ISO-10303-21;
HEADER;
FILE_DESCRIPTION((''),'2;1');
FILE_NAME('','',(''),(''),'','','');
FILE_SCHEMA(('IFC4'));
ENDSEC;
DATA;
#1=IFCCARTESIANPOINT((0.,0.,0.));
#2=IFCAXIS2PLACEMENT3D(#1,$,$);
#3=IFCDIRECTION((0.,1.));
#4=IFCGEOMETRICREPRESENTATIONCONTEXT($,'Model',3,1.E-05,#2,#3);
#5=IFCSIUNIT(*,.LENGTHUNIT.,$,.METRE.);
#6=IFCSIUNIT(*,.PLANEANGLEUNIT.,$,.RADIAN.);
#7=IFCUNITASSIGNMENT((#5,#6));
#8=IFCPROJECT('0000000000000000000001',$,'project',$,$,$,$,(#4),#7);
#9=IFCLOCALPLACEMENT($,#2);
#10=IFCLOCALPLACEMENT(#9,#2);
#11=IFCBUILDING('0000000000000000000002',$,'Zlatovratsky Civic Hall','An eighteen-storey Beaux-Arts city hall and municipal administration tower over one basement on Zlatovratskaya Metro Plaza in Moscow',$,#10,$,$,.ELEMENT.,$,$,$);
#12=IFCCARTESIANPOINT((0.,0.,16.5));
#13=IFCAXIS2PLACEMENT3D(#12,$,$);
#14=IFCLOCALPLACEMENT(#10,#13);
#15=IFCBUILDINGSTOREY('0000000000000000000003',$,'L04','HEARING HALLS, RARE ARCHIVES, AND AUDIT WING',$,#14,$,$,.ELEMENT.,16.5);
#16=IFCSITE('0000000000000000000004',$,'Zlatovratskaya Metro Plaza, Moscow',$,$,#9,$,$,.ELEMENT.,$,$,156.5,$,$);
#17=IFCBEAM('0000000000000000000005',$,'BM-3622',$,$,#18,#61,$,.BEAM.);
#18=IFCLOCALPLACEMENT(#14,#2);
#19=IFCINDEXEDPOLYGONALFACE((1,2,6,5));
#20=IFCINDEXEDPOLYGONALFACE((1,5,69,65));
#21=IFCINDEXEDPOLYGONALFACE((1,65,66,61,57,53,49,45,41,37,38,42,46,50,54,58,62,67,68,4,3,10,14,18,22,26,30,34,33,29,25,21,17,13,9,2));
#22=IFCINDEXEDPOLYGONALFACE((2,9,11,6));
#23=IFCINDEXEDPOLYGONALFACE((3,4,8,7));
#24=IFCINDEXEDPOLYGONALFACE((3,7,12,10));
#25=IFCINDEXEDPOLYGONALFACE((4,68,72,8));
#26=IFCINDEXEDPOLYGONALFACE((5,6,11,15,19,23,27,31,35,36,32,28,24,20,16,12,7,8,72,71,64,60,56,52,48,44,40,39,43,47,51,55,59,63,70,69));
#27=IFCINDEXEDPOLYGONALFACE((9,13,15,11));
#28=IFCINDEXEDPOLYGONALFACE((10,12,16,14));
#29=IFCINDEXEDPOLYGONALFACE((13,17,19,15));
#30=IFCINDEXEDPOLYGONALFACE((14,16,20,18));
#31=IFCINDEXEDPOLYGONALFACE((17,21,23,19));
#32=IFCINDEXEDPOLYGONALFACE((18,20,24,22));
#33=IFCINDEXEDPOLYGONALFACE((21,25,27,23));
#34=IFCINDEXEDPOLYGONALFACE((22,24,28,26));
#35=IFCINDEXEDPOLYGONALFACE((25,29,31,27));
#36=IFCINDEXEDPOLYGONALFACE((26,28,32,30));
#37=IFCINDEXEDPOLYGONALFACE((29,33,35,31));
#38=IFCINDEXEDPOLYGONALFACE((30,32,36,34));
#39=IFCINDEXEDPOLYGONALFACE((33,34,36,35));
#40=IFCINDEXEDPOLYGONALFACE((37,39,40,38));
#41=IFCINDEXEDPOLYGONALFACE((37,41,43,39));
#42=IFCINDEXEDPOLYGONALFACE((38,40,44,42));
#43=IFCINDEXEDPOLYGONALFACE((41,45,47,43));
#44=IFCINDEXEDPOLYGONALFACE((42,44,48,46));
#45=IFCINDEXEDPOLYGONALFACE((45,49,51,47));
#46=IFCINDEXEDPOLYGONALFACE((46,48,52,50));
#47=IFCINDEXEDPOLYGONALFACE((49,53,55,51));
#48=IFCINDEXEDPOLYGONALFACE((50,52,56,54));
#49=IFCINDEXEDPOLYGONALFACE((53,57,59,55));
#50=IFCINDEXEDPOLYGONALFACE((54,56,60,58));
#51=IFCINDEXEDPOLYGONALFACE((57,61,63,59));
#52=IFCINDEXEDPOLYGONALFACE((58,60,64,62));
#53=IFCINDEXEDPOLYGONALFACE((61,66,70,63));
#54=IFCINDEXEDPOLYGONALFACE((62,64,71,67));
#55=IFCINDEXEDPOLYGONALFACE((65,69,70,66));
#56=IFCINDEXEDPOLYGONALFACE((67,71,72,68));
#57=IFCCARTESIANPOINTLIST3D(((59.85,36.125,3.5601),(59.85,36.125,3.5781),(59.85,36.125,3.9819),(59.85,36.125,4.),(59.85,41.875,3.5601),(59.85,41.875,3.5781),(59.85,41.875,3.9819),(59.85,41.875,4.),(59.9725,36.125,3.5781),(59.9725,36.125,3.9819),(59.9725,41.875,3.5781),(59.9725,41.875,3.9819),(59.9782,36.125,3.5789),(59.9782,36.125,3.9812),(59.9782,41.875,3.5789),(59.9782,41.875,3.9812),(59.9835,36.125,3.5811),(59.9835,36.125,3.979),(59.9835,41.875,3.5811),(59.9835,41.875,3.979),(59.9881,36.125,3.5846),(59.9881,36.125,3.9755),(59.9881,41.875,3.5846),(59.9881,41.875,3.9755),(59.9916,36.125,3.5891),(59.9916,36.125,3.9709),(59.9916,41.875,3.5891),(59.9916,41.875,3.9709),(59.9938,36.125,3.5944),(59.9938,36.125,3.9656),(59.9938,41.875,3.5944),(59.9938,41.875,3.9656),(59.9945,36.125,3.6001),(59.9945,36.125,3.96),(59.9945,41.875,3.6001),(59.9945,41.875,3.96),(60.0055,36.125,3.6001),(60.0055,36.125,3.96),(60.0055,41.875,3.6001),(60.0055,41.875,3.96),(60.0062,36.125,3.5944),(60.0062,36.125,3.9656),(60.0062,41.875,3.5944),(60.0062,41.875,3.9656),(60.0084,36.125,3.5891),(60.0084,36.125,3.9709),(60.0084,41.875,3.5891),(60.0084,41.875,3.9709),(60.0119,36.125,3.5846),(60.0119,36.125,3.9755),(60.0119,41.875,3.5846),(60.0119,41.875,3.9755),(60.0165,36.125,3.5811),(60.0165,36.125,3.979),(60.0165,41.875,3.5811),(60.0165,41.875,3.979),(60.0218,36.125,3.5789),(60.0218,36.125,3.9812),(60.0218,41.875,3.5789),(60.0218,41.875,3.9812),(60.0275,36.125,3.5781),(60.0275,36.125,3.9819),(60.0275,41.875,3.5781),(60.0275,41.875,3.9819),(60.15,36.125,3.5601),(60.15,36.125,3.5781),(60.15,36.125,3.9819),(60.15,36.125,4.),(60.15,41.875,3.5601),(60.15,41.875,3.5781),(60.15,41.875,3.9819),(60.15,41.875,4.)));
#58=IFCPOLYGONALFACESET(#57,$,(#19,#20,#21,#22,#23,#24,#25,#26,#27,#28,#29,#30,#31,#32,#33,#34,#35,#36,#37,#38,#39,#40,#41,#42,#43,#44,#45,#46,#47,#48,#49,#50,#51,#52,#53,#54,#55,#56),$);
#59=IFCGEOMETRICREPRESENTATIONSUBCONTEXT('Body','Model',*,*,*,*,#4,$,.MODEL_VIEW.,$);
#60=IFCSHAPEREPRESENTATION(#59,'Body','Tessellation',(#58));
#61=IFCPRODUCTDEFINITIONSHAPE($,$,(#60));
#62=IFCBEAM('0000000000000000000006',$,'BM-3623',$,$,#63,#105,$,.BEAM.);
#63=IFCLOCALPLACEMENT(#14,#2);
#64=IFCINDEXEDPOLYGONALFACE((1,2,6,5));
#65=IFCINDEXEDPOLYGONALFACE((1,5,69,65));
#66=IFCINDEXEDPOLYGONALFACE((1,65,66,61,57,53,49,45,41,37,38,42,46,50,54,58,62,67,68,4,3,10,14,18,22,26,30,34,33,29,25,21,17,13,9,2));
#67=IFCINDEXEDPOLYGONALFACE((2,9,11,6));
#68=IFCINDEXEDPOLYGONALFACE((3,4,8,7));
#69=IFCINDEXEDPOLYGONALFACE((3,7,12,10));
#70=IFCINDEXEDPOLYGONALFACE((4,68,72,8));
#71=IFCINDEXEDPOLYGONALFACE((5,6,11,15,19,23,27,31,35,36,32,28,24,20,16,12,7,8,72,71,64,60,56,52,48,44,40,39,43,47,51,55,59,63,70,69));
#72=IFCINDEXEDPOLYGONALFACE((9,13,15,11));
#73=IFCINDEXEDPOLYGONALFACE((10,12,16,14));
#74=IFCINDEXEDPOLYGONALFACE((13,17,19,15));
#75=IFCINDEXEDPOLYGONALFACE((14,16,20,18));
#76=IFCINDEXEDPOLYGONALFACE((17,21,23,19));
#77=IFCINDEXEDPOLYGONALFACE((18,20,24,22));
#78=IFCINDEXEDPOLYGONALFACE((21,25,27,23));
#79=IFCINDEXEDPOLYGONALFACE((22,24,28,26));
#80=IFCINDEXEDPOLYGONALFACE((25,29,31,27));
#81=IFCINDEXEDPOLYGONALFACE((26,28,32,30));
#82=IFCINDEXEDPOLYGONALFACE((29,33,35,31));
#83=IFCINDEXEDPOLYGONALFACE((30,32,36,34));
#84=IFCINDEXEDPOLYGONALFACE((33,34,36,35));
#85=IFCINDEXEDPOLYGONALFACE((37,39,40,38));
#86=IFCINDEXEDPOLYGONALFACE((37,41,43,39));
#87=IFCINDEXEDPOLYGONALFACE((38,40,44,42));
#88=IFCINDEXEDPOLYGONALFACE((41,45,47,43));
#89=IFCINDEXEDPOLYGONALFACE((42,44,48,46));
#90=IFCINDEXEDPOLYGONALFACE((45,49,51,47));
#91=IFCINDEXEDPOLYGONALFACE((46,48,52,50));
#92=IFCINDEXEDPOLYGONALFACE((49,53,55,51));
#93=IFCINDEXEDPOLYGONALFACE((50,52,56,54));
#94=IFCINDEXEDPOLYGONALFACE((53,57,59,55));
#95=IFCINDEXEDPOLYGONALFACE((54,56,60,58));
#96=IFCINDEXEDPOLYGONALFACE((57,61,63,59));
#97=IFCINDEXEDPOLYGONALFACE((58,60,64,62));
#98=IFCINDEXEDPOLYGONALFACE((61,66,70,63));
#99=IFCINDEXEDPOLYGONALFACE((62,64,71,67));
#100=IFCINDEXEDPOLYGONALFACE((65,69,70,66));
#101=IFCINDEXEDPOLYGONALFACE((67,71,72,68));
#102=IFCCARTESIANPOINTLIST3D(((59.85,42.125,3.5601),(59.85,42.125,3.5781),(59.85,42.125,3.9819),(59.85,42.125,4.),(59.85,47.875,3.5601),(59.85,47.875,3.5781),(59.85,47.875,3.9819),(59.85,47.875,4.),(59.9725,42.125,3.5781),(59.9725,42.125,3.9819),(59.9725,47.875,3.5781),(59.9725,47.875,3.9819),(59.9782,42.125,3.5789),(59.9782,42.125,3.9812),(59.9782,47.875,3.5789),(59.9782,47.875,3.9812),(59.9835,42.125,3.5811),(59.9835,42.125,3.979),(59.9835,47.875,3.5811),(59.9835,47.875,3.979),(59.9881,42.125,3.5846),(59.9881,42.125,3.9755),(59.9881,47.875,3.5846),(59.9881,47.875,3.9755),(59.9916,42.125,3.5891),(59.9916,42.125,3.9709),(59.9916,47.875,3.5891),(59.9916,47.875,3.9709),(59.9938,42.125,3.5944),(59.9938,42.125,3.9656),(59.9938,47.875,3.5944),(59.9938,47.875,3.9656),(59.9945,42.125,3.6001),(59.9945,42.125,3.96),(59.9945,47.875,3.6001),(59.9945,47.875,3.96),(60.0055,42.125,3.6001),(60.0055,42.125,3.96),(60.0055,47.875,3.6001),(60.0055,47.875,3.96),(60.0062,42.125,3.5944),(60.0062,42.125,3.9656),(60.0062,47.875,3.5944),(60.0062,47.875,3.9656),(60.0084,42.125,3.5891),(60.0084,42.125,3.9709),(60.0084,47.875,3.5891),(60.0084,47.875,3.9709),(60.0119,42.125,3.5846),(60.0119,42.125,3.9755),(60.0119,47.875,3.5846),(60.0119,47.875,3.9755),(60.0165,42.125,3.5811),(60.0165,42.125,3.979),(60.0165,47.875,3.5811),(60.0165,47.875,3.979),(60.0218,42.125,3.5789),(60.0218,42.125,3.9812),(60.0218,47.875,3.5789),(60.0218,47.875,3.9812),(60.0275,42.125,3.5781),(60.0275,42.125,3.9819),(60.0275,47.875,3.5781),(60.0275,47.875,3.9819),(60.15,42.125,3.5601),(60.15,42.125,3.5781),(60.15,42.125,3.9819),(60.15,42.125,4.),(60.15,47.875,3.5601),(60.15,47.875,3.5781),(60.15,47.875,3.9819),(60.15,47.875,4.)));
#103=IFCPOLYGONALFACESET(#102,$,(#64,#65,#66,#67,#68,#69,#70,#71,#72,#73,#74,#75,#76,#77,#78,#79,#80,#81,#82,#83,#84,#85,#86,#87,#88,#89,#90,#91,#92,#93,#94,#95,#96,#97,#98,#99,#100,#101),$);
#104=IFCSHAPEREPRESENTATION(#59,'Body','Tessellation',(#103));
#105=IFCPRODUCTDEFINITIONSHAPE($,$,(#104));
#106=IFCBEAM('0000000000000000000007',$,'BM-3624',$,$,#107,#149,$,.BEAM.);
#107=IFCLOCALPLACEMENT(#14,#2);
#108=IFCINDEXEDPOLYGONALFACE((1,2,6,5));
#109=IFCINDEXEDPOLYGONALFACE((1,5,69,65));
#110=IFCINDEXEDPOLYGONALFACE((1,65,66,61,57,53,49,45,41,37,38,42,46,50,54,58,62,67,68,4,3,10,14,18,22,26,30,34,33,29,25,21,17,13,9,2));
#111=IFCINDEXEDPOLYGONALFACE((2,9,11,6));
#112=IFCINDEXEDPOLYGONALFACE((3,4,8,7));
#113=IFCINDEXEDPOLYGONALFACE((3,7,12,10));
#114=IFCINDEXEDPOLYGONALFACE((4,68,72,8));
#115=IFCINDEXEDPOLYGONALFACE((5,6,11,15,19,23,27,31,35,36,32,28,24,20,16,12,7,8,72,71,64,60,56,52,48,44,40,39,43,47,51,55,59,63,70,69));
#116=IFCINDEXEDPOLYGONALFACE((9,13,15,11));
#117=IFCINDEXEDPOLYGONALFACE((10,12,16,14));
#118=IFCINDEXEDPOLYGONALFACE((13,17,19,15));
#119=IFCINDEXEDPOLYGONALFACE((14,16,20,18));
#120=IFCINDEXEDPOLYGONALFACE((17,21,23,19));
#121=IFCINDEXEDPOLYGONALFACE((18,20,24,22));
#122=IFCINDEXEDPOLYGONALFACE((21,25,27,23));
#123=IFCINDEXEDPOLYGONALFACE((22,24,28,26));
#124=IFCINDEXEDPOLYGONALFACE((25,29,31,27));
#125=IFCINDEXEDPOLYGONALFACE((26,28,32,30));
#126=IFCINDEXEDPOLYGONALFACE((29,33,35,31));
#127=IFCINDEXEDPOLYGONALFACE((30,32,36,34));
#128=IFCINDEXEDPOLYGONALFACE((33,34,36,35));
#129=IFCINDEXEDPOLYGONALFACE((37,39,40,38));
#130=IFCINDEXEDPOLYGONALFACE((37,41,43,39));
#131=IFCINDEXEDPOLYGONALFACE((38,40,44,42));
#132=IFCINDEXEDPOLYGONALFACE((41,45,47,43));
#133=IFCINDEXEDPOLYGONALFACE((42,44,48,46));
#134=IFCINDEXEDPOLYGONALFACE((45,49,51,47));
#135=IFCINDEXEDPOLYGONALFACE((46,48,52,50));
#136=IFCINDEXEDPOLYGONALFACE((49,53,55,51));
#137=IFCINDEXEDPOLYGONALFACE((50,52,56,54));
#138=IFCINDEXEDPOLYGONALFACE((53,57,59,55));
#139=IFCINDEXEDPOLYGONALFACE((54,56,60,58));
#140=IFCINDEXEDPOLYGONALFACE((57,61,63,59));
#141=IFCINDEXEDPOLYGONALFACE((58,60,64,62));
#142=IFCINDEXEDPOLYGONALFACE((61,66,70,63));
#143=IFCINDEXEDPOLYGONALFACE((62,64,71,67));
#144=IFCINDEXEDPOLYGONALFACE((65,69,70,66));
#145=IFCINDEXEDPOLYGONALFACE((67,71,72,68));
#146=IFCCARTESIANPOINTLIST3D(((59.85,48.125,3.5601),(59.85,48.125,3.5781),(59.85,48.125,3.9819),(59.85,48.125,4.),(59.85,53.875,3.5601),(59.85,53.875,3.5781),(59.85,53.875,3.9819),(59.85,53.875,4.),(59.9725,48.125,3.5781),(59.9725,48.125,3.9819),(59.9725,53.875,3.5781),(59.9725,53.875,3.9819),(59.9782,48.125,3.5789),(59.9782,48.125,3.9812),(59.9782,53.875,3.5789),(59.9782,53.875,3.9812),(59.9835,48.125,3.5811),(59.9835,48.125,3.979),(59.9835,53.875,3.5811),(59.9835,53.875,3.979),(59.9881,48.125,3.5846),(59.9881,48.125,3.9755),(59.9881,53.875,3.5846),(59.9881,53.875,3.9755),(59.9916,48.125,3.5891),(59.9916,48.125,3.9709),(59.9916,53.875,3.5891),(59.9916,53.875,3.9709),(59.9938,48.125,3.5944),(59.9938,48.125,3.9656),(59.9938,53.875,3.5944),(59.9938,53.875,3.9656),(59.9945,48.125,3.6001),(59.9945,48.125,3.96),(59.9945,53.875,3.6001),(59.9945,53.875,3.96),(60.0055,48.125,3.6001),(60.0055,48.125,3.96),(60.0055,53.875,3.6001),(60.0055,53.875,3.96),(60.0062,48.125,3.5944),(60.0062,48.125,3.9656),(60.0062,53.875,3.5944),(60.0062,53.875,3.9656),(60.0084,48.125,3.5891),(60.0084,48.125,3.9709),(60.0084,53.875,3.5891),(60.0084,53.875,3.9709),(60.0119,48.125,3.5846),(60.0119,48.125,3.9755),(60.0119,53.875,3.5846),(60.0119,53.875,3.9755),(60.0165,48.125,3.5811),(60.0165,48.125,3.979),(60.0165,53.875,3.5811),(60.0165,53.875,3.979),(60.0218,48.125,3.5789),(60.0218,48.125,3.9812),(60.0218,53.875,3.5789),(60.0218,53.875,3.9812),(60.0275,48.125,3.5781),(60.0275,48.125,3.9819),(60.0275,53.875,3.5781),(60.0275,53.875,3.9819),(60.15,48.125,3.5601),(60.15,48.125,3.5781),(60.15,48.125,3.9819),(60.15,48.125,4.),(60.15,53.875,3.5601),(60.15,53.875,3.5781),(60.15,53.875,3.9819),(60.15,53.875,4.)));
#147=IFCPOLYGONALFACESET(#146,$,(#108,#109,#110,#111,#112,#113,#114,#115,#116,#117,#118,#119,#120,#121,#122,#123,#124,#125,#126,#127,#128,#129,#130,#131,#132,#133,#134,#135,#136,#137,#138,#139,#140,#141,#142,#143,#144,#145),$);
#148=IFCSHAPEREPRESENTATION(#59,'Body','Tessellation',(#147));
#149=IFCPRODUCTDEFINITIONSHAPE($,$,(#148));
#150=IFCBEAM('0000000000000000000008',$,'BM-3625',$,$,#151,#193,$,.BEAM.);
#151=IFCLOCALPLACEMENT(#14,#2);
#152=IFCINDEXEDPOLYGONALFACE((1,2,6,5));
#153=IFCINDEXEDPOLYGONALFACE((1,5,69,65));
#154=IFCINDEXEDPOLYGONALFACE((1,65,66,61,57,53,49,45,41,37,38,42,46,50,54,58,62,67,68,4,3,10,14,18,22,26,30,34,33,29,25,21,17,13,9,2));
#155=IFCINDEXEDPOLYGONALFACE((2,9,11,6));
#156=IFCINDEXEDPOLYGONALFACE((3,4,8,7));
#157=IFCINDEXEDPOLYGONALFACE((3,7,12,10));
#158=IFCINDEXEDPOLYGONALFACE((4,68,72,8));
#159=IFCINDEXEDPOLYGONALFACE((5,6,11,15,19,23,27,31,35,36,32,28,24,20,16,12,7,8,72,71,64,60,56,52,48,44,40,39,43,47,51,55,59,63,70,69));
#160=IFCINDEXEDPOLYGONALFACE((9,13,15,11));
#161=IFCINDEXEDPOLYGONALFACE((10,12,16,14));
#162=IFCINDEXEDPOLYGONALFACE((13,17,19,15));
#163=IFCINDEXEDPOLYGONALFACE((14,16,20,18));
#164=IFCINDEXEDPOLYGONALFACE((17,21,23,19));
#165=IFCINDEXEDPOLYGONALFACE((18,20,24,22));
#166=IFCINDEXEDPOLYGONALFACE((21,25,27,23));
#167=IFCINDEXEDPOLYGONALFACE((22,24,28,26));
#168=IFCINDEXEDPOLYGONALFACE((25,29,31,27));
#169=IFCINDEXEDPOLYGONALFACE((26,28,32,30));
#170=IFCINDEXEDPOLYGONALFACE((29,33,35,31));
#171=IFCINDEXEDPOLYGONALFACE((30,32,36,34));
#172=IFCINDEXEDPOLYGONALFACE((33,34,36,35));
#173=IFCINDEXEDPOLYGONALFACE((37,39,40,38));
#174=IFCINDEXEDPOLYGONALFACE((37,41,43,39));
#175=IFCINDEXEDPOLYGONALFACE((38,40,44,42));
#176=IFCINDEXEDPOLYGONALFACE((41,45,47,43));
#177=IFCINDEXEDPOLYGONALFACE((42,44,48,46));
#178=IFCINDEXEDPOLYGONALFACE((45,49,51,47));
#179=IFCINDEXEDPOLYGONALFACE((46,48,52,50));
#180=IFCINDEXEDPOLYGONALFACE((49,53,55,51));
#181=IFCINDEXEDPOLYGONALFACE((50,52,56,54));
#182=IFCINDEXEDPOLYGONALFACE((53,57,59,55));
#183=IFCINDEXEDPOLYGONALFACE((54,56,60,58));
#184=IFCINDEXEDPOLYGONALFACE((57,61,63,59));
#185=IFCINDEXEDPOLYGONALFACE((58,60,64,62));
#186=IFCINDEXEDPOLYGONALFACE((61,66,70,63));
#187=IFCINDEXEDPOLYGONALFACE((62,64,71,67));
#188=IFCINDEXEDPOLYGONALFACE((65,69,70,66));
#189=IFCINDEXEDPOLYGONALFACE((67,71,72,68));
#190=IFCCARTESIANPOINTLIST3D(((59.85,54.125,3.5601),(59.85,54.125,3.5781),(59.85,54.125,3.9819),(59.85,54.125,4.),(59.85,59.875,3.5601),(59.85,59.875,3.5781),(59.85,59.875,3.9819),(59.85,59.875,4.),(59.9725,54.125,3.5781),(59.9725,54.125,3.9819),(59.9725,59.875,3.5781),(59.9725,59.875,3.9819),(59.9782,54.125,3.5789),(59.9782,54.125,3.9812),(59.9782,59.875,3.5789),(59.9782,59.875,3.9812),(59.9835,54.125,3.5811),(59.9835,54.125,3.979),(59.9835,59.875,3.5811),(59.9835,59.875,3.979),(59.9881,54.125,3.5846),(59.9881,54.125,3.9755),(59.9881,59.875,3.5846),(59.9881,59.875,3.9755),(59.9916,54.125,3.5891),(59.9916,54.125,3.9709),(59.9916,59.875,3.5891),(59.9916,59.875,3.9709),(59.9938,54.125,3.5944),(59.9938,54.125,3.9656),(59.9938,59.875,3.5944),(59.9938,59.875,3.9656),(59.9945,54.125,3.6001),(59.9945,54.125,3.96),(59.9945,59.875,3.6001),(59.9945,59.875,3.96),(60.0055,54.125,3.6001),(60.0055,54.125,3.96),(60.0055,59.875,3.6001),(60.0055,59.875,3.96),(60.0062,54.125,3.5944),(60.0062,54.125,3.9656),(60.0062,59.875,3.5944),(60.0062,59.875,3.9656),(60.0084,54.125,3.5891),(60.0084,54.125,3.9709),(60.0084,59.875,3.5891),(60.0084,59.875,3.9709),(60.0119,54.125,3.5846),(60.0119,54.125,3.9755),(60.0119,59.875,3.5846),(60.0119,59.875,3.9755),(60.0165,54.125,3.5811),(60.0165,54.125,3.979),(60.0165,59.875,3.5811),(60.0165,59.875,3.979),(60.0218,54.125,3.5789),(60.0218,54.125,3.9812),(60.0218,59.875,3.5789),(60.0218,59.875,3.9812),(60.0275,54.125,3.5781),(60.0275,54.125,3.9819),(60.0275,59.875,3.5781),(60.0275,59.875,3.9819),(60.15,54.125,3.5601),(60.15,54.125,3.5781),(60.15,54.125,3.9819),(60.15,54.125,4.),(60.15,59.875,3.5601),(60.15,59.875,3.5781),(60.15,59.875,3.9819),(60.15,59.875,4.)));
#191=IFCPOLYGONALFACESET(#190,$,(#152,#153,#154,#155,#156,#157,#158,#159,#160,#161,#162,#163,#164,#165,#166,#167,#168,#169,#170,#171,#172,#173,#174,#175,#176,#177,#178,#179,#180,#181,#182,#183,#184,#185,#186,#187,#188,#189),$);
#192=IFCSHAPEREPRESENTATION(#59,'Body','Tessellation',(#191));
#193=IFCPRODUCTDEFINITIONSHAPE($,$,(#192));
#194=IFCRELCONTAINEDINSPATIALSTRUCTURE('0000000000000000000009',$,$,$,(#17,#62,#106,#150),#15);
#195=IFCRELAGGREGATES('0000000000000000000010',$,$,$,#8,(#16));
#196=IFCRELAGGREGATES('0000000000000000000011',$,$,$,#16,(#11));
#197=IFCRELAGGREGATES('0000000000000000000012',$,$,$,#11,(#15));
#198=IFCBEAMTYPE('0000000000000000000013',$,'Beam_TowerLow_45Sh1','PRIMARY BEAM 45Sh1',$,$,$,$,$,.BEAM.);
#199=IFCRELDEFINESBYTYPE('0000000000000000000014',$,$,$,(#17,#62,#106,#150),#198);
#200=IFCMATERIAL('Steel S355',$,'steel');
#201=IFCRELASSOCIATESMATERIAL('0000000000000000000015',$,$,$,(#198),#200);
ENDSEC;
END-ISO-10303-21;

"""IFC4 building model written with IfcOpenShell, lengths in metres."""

from ifc_helpers import new_model, si_unit, direction, frame, origin, origin_2d, place, context, subcontext, project, spatial, i_section, extrude, material, material_profile, profile_set, type_object, element, save


model = new_model("IFC4")

# Units and contexts
model_context = context("Model", 3, precision=1e-05, world=origin(), true_north=direction((0.0, 1.0)))
body_context = subcontext(model_context, "Body", "Model", "MODEL_VIEW")
ifc_project = project(units=[si_unit("LENGTHUNIT", "METRE"), si_unit("PLANEANGLEUNIT", "RADIAN")], contexts=[model_context])

# Site, building, storey
site_placement = place(None, origin())
site = spatial("IfcSite", under=ifc_project, at=site_placement, Name="Zlatovratskaya Metro Plaza, Moscow", CompositionType="ELEMENT", RefElevation=156.5)
building_placement = place(site_placement, origin())
building = spatial("IfcBuilding", under=site, at=building_placement, Name="Zlatovratsky Civic Hall", Description="An eighteen-storey Beaux-Arts city hall and municipal administration tower over one basement on Zlatovratskaya Metro Plaza in Moscow", CompositionType="ELEMENT")
storey_placement = place(building_placement, frame((0.0, 0.0, 16.5)))
storey = spatial("IfcBuildingStorey", under=building, at=storey_placement, Name="L04", Description="HEARING HALLS, RARE ARCHIVES, AND AUDIT WING", CompositionType="ELEMENT", Elevation=16.5)

# Shared definitions
ifc_material_1 = material(Name="Steel S355", Category="steel")

# Beams
ifc_material_profile_1 = material_profile(ifc_material_1, i_section(OverallWidth=0.3, OverallDepth=0.4399, WebThickness=0.011, FlangeThickness=0.0181, FilletRadius=0.022, at=origin_2d()), Name="45Sh1")
ifc_profile_set_1 = profile_set([ifc_material_profile_1], Name="Steel S355")
beam_type = type_object("IfcBeamType", Name="Beam_TowerLow_45Sh1", Description="PRIMARY BEAM 45Sh1", PredefinedType="BEAM", material=ifc_profile_set_1)
for number, where, z_axis, x_axis, name in (
    (1, (60.0, 36.125, 3.78), (0.0, 1.0, 0.0), (-1.0, 0.0, 0.0), "BM-3622"),
    (2, (60.0, 42.125, 3.78), (0.0, 1.0, 0.0), (-1.0, 0.0, 0.0), "BM-3623"),
    (3, (60.0, 48.125, 3.78), (0.0, 1.0, 0.0), (-1.0, 0.0, 0.0), "BM-3624"),
    (4, (60.0, 54.125, 3.78), (0.0, 1.0, 0.0), (-1.0, 0.0, 0.0), "BM-3625"),
):
    element("IfcBeam", number, at=place(storey_placement, frame(where, z_axis=z_axis, x_axis=x_axis)), inside=storey, type_object=beam_type, Name=name, PredefinedType="BEAM", context=body_context, shape_type="SweptSolid", body=[
        extrude(i_section(OverallWidth=0.3, OverallDepth=0.4399, WebThickness=0.011, FlangeThickness=0.0181, FilletRadius=0.022, at=origin_2d()), origin(), (0.0, 0.0, 1.0), 5.75),
    ])

save(model, "model.ifc")
